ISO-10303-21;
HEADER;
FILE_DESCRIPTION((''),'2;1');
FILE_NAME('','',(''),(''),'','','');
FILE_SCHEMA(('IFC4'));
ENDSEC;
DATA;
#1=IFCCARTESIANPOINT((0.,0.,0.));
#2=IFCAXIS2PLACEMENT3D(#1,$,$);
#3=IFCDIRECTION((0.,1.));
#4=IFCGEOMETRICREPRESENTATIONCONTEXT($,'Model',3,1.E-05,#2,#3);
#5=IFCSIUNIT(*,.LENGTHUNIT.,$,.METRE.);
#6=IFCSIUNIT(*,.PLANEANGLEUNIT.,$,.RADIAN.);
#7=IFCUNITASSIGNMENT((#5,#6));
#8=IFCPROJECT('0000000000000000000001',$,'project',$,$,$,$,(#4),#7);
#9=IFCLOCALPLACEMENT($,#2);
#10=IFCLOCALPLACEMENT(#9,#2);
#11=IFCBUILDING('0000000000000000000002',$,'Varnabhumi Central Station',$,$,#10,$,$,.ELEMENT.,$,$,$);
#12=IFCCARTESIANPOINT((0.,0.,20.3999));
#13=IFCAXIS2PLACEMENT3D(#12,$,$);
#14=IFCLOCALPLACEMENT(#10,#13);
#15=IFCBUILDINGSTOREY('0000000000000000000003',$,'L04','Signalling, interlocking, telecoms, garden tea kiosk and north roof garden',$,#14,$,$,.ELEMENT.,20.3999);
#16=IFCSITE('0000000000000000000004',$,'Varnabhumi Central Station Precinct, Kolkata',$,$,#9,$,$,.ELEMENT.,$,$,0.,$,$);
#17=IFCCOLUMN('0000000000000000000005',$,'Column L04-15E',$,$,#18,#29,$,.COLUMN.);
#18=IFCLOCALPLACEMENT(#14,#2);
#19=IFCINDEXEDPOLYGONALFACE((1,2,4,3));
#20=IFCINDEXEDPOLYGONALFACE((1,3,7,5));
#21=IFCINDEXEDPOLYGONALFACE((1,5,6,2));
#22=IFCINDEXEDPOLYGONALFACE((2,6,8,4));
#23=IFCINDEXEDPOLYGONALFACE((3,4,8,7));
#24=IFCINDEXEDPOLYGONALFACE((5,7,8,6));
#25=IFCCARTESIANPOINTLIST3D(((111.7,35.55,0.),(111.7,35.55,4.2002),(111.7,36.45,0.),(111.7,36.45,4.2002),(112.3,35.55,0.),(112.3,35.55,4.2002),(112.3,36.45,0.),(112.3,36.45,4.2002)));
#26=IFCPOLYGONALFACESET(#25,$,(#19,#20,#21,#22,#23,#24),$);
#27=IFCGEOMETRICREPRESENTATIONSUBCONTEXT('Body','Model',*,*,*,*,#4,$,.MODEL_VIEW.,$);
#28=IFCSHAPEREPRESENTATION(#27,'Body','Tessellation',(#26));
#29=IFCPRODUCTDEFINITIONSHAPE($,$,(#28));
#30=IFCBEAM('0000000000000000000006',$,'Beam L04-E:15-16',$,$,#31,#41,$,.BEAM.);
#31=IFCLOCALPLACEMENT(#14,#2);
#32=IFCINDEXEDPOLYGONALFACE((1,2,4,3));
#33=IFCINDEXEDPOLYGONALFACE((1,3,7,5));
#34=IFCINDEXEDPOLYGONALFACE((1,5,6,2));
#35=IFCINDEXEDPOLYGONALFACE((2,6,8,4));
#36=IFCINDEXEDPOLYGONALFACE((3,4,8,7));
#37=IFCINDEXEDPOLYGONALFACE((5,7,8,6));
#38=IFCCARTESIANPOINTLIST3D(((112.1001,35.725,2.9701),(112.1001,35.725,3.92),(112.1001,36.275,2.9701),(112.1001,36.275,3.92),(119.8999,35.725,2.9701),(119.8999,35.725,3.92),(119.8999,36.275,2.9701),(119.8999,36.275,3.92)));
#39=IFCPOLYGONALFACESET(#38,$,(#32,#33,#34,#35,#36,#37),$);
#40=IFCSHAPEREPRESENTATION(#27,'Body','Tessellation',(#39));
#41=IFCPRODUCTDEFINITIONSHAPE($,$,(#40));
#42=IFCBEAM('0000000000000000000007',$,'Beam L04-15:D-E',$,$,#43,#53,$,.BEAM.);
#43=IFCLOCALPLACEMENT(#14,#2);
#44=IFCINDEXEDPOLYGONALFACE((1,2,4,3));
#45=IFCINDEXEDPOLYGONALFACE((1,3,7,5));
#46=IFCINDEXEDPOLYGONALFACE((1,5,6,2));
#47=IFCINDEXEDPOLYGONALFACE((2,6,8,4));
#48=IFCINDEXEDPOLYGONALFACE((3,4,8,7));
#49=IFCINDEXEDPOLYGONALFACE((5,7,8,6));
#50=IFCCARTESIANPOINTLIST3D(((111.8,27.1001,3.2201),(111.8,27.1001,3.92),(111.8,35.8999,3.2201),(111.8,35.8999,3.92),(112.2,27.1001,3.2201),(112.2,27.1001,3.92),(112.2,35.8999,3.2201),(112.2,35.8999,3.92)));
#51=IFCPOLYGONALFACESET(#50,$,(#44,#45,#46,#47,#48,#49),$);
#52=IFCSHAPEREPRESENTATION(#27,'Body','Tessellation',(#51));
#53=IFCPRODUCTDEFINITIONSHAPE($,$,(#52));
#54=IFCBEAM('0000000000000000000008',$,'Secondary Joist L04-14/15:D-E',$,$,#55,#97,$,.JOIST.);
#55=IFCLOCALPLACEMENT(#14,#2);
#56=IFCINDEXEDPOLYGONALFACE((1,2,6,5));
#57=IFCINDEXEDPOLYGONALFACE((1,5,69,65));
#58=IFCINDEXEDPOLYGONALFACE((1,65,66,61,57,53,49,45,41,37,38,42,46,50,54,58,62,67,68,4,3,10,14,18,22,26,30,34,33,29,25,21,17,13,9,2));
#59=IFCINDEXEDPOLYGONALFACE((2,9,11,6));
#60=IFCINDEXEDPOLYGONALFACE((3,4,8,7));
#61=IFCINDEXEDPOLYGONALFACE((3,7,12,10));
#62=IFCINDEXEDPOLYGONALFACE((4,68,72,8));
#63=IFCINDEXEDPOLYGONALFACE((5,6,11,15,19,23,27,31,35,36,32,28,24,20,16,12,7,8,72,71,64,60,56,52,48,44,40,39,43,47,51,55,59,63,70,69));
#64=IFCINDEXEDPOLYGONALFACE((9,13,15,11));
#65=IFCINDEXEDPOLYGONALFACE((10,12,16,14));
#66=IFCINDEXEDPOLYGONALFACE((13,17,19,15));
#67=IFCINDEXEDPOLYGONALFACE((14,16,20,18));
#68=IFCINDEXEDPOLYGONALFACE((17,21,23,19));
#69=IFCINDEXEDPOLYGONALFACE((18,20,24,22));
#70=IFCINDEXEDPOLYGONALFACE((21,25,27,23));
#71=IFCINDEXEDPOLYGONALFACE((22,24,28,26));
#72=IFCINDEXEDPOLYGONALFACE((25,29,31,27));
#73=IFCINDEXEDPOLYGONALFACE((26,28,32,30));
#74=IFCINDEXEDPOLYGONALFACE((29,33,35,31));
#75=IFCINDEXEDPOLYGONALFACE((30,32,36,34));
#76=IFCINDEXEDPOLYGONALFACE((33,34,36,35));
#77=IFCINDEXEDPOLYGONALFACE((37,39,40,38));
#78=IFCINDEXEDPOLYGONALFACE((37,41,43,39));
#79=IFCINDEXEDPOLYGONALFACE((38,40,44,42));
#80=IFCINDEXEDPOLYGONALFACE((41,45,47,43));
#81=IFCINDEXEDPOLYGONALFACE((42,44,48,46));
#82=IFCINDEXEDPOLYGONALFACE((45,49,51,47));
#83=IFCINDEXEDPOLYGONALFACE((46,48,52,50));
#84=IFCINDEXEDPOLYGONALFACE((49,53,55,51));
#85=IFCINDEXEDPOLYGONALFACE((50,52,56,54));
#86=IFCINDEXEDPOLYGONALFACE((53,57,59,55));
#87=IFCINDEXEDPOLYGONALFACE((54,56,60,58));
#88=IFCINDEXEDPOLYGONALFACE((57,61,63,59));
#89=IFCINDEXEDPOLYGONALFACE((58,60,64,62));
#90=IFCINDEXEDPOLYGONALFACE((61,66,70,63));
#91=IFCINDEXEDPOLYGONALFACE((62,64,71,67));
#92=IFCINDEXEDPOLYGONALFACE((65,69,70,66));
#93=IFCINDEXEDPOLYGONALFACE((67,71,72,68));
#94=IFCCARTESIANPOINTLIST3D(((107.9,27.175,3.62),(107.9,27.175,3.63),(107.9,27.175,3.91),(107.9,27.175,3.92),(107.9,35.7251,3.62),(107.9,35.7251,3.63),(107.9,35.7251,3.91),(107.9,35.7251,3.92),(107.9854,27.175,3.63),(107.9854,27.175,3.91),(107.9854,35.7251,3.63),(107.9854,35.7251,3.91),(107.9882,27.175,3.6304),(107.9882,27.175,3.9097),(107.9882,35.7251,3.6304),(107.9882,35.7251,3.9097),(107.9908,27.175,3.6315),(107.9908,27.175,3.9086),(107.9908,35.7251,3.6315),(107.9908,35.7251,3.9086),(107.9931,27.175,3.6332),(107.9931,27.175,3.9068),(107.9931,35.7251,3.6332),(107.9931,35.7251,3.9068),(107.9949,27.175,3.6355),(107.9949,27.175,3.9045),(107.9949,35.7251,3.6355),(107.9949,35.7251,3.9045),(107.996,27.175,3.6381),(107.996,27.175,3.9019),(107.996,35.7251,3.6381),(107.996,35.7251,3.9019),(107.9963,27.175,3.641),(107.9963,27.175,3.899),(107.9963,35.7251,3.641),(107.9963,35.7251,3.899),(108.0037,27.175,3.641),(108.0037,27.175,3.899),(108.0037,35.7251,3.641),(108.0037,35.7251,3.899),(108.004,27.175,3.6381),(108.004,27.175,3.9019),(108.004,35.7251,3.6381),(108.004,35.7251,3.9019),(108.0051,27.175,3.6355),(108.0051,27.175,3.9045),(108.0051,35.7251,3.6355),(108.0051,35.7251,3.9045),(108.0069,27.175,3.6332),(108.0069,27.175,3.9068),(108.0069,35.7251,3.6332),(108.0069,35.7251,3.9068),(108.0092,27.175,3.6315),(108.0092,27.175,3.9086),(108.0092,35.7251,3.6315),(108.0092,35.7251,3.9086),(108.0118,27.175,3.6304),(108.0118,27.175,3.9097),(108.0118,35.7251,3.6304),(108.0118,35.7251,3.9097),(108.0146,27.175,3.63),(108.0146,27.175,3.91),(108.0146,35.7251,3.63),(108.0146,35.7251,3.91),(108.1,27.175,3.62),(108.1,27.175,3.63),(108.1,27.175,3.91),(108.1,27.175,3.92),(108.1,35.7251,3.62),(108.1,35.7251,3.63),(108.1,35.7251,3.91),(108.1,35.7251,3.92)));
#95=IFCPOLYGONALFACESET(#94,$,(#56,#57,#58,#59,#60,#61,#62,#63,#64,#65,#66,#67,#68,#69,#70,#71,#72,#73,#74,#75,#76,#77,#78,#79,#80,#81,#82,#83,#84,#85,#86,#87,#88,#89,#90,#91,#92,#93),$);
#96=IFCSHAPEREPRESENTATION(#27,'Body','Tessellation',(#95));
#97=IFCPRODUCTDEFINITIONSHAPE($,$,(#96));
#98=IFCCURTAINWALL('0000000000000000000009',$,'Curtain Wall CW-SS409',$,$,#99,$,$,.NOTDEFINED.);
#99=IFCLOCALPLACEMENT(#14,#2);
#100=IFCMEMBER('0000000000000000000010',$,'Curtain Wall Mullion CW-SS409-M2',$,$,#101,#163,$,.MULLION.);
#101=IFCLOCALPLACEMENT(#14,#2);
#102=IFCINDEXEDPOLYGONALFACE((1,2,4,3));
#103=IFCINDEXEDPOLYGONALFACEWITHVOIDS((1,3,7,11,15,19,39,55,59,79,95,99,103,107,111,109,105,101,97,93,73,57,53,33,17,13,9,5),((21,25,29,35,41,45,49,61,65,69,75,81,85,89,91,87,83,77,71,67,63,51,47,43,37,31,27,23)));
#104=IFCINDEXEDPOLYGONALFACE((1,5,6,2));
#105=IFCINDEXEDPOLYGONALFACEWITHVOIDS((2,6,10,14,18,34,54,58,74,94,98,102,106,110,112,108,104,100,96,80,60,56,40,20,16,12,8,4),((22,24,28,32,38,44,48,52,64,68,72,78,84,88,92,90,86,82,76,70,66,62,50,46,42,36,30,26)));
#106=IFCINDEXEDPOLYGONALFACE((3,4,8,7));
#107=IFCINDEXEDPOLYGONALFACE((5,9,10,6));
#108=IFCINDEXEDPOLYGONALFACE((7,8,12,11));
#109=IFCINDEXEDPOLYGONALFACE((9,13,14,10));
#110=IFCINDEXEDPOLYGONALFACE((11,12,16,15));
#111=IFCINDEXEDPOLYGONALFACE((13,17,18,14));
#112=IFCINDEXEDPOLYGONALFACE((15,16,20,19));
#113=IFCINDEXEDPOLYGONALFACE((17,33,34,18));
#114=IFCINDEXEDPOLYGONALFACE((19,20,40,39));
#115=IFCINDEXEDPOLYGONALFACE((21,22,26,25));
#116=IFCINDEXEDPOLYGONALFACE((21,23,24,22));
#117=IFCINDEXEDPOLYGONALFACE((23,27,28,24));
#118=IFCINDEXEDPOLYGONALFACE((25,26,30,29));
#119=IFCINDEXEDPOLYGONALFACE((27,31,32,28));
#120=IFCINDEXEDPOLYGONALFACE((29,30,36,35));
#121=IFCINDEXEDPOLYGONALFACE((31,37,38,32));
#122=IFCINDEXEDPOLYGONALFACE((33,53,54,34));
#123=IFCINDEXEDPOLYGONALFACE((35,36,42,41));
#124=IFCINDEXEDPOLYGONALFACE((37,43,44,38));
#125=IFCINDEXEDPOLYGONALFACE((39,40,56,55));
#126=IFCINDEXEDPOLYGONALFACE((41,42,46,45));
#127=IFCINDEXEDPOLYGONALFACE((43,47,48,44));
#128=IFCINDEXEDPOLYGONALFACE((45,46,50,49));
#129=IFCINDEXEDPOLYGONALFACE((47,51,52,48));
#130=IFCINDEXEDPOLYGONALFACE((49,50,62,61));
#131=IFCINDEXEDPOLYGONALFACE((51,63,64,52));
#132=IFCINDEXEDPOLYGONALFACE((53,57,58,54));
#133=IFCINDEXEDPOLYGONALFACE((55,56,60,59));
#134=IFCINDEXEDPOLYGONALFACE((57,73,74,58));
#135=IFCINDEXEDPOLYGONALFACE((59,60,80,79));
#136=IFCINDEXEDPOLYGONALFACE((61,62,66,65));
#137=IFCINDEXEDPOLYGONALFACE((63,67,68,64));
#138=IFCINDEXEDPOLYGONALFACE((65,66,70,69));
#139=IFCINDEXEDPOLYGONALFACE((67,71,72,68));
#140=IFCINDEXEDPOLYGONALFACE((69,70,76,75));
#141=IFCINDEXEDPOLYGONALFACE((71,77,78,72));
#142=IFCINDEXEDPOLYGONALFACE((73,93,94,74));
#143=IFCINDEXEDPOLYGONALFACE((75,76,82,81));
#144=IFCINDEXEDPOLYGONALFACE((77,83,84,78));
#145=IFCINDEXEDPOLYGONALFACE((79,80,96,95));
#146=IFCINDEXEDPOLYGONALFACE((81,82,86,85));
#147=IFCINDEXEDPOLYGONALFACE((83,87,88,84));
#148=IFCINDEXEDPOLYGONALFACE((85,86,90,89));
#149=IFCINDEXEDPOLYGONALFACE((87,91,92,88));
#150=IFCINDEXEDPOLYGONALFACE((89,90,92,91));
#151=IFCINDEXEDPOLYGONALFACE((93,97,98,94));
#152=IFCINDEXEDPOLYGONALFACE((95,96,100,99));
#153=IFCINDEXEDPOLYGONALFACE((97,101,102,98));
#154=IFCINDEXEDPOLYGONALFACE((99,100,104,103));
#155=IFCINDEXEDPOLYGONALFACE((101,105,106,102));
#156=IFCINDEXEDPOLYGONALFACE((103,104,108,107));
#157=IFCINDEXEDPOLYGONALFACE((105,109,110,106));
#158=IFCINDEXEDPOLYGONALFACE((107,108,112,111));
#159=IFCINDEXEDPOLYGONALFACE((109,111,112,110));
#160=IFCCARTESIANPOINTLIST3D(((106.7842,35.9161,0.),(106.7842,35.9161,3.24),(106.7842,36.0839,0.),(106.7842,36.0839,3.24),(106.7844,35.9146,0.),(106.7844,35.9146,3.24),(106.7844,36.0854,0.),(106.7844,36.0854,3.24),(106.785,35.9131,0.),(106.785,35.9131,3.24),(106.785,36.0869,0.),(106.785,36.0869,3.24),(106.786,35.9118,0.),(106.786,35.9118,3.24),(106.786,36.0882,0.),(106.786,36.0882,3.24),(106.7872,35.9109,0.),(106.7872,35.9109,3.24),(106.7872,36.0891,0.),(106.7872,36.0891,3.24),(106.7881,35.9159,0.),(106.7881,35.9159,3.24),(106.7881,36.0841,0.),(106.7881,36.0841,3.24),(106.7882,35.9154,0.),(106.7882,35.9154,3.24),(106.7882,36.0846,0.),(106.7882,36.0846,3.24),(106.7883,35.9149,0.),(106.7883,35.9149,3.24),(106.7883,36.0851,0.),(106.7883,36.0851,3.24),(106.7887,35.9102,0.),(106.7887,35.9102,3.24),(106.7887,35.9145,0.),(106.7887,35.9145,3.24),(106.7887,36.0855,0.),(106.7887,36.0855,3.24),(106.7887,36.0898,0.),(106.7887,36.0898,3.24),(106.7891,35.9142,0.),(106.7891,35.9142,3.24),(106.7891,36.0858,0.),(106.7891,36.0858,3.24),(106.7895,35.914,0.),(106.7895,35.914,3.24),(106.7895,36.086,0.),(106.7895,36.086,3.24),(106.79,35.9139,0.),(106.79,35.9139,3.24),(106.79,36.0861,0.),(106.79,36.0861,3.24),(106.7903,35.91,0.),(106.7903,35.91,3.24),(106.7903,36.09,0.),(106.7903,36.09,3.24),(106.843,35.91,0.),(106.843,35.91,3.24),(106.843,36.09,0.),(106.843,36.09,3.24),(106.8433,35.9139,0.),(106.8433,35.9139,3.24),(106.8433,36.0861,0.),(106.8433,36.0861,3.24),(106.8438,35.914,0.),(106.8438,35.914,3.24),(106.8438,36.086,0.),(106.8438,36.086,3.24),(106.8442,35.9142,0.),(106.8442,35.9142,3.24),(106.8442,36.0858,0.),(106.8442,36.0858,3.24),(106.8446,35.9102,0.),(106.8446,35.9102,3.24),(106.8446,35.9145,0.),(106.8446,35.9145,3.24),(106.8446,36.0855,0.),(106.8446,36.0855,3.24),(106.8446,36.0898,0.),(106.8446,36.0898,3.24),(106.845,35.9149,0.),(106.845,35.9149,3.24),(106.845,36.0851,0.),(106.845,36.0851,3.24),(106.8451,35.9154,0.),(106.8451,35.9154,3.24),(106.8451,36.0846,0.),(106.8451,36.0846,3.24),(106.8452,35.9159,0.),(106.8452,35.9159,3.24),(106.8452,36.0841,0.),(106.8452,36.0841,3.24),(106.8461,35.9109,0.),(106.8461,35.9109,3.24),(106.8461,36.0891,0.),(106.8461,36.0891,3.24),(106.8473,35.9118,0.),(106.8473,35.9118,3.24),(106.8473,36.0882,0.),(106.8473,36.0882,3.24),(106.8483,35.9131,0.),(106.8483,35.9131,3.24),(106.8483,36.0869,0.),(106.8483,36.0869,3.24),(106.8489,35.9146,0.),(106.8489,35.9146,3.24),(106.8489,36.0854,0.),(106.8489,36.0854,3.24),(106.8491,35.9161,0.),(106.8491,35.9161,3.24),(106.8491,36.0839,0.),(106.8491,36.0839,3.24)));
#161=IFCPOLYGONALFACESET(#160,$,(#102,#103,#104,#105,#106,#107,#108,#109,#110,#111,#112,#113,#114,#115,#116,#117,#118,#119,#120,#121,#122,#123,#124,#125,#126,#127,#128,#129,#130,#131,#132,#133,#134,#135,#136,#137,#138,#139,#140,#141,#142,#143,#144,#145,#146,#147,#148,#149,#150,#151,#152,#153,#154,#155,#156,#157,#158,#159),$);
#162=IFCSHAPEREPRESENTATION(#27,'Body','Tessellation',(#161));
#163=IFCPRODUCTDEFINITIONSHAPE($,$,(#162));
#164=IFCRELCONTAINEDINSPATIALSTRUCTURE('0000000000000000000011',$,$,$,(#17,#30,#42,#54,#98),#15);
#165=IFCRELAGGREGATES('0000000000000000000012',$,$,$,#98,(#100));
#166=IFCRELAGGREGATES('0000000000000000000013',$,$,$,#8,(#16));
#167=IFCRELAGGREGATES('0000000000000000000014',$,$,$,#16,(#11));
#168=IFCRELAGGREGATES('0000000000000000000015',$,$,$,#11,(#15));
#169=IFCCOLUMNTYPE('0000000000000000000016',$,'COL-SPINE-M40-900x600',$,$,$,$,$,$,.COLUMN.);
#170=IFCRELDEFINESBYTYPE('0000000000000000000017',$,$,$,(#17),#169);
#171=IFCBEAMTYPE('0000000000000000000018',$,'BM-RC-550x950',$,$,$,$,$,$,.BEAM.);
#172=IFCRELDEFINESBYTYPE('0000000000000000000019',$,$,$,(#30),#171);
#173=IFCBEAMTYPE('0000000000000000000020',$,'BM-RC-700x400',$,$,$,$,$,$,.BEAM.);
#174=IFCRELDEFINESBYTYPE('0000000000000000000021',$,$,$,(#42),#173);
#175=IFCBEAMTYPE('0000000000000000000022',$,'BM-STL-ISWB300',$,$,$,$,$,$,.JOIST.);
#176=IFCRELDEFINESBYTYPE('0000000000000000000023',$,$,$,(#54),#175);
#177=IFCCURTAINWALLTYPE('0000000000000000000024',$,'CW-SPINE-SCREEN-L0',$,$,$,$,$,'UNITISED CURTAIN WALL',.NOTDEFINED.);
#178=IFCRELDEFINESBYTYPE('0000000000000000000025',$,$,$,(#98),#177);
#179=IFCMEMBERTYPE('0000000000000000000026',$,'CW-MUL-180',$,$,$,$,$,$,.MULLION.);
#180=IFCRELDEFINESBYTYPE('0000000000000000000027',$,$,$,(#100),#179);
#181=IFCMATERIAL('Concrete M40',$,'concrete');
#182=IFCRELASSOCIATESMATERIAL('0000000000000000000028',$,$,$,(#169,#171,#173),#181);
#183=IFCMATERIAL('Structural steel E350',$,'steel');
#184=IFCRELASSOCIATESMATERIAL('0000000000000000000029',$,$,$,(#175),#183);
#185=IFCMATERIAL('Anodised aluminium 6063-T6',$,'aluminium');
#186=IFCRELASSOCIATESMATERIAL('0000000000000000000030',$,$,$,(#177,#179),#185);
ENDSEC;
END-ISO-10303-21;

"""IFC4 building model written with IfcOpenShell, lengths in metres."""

from ifc_helpers import new_model, si_unit, direction, frame, origin, origin_2d, place, context, subcontext, project, spatial, rectangle, hollow_rectangle, i_section, extrude, material, material_profile, profile_set, type_object, element, aggregate, save


model = new_model("IFC4")

# Units and contexts
model_context = context("Model", 3, precision=1e-05, world=origin(), true_north=direction((0.0, 1.0)))
body_context = subcontext(model_context, "Body", "Model", "MODEL_VIEW")
ifc_project = project(units=[si_unit("LENGTHUNIT", "METRE"), si_unit("PLANEANGLEUNIT", "RADIAN")], contexts=[model_context])

# Site, building, storey
site_placement = place(None, origin())
site = spatial("IfcSite", under=ifc_project, at=site_placement, Name="Varnabhumi Central Station Precinct, Kolkata", CompositionType="ELEMENT", RefElevation=0.0)
building_placement = place(site_placement, origin())
building = spatial("IfcBuilding", under=site, at=building_placement, Name="Varnabhumi Central Station", CompositionType="ELEMENT")
storey_placement = place(building_placement, frame((0.0, 0.0, 20.3999)))
storey = spatial("IfcBuildingStorey", under=building, at=storey_placement, Name="L04", Description="Signalling, interlocking, telecoms, garden tea kiosk and north roof garden", CompositionType="ELEMENT", Elevation=20.3999)

# Column
ifc_material_1 = material(Name="Concrete M40", Category="concrete")
ifc_material_profile_1 = material_profile(ifc_material_1, rectangle(XDim=0.6001, YDim=0.8999, at=origin_2d()), Name="Concrete M40", Category="concrete")
ifc_profile_set_1 = profile_set([ifc_material_profile_1], Name="Concrete M40")
column_type = type_object("IfcColumnType", Name="COL-SPINE-M40-900x600", PredefinedType="COLUMN", material=ifc_profile_set_1)
column_placement = place(storey_placement, frame((112.0, 36.0, 0.0), z_axis=(0.0, 0.0, 1.0), x_axis=(1.0, 0.0, 0.0)))
element("IfcColumn", 1, at=column_placement, inside=storey, type_object=column_type, Name="Column L04-15E", PredefinedType="COLUMN", context=body_context, shape_type="SweptSolid", body=[
    extrude(rectangle(XDim=0.6001, YDim=0.8999, at=origin_2d()), origin(), (0.0, 0.0, 1.0), 4.2002),
])

# Beams
ifc_material_profile_2 = material_profile(ifc_material_1, rectangle(XDim=0.55, YDim=0.95, at=origin_2d()), Name="Concrete M40", Category="concrete")
ifc_profile_set_2 = profile_set([ifc_material_profile_2], Name="Concrete M40")
beam_type_1 = type_object("IfcBeamType", Name="BM-RC-550x950", PredefinedType="BEAM", material=ifc_profile_set_2)
beam_1_placement = place(storey_placement, frame((112.1001, 36.0, 3.4451), z_axis=(1.0, 0.0, 0.0), x_axis=(0.0, 1.0, 0.0)))
element("IfcBeam", 2, at=beam_1_placement, inside=storey, type_object=beam_type_1, Name="Beam L04-E:15-16", PredefinedType="BEAM", context=body_context, shape_type="SweptSolid", body=[
    extrude(rectangle(XDim=0.55, YDim=0.95, at=origin_2d()), origin(), (0.0, 0.0, 1.0), 7.7998),
])
ifc_material_profile_3 = material_profile(ifc_material_1, rectangle(XDim=0.3999, YDim=0.7, at=origin_2d()), Name="Concrete M40", Category="concrete")
ifc_profile_set_3 = profile_set([ifc_material_profile_3], Name="Concrete M40")
beam_type_2 = type_object("IfcBeamType", Name="BM-RC-700x400", PredefinedType="BEAM", material=ifc_profile_set_3)
beam_2_placement = place(storey_placement, frame((112.0, 27.1001, 3.5701), z_axis=(0.0, 1.0, 0.0), x_axis=(-1.0, 0.0, 0.0)))
element("IfcBeam", 3, at=beam_2_placement, inside=storey, type_object=beam_type_2, Name="Beam L04-15:D-E", PredefinedType="BEAM", context=body_context, shape_type="SweptSolid", body=[
    extrude(rectangle(XDim=0.3999, YDim=0.7, at=origin_2d()), origin(), (0.0, 0.0, 1.0), 8.7998),
])
ifc_material_2 = material(Name="Structural steel E350", Category="steel")
ifc_material_profile_4 = material_profile(ifc_material_2, i_section(OverallWidth=0.2, OverallDepth=0.3, WebThickness=0.0073, FlangeThickness=0.01, FilletRadius=0.011, at=origin_2d()), Name="Structural steel E350", Category="steel")
ifc_profile_set_4 = profile_set([ifc_material_profile_4], Name="Structural steel E350")
beam_type_3 = type_object("IfcBeamType", Name="BM-STL-ISWB300", PredefinedType="JOIST", material=ifc_profile_set_4)
beam_3_placement = place(storey_placement, frame((108.0, 27.175, 3.77), z_axis=(0.0, 1.0, 0.0), x_axis=(-1.0, 0.0, 0.0)))
element("IfcBeam", 4, at=beam_3_placement, inside=storey, type_object=beam_type_3, Name="Secondary Joist L04-14/15:D-E", PredefinedType="JOIST", context=body_context, shape_type="SweptSolid", body=[
    extrude(i_section(OverallWidth=0.2, OverallDepth=0.3, WebThickness=0.0073, FlangeThickness=0.01, FilletRadius=0.011, at=origin_2d()), origin(), (0.0, 0.0, 1.0), 8.55),
])

# Curtain wall, member
ifc_material_3 = material(Name="Anodised aluminium 6063-T6", Category="aluminium")
curtain_wall_type = type_object("IfcCurtainWallType", Name="CW-SPINE-SCREEN-L0", ElementType="UNITISED CURTAIN WALL", PredefinedType="NOTDEFINED", material=ifc_material_3)
curtain_wall_placement = place(storey_placement, origin())
curtain_wall = element("IfcCurtainWall", 5, at=curtain_wall_placement, inside=storey, type_object=curtain_wall_type, Name="Curtain Wall CW-SS409", PredefinedType="NOTDEFINED")
ifc_material_profile_5 = material_profile(ifc_material_3, hollow_rectangle(XDim=0.0649, YDim=0.1799, WallThickness=0.0039, InnerFilletRadius=0.002, OuterFilletRadius=0.0061, at=origin_2d()), Name="Anodised aluminium 6063-T6", Category="aluminium")
ifc_profile_set_5 = profile_set([ifc_material_profile_5], Name="Anodised aluminium 6063-T6")
member_type_1 = type_object("IfcMemberType", Name="CW-MUL-180", PredefinedType="MULLION", material=ifc_profile_set_5)
member_1_placement = place(storey_placement, frame((106.8167, 36.0, 0.0), z_axis=(0.0, 0.0, 1.0), x_axis=(1.0, 0.0, 0.0)))
member_1 = element("IfcMember", 6, at=member_1_placement, type_object=member_type_1, Name="Curtain Wall Mullion CW-SS409-M2", PredefinedType="MULLION", context=body_context, shape_type="SweptSolid", body=[
    extrude(hollow_rectangle(XDim=0.0649, YDim=0.1799, WallThickness=0.0039, InnerFilletRadius=0.002, OuterFilletRadius=0.0061, at=origin_2d()), origin(), (0.0, 0.0, 1.0), 3.24),
])
aggregate(curtain_wall, [member_1])

save(model, "model.ifc")
